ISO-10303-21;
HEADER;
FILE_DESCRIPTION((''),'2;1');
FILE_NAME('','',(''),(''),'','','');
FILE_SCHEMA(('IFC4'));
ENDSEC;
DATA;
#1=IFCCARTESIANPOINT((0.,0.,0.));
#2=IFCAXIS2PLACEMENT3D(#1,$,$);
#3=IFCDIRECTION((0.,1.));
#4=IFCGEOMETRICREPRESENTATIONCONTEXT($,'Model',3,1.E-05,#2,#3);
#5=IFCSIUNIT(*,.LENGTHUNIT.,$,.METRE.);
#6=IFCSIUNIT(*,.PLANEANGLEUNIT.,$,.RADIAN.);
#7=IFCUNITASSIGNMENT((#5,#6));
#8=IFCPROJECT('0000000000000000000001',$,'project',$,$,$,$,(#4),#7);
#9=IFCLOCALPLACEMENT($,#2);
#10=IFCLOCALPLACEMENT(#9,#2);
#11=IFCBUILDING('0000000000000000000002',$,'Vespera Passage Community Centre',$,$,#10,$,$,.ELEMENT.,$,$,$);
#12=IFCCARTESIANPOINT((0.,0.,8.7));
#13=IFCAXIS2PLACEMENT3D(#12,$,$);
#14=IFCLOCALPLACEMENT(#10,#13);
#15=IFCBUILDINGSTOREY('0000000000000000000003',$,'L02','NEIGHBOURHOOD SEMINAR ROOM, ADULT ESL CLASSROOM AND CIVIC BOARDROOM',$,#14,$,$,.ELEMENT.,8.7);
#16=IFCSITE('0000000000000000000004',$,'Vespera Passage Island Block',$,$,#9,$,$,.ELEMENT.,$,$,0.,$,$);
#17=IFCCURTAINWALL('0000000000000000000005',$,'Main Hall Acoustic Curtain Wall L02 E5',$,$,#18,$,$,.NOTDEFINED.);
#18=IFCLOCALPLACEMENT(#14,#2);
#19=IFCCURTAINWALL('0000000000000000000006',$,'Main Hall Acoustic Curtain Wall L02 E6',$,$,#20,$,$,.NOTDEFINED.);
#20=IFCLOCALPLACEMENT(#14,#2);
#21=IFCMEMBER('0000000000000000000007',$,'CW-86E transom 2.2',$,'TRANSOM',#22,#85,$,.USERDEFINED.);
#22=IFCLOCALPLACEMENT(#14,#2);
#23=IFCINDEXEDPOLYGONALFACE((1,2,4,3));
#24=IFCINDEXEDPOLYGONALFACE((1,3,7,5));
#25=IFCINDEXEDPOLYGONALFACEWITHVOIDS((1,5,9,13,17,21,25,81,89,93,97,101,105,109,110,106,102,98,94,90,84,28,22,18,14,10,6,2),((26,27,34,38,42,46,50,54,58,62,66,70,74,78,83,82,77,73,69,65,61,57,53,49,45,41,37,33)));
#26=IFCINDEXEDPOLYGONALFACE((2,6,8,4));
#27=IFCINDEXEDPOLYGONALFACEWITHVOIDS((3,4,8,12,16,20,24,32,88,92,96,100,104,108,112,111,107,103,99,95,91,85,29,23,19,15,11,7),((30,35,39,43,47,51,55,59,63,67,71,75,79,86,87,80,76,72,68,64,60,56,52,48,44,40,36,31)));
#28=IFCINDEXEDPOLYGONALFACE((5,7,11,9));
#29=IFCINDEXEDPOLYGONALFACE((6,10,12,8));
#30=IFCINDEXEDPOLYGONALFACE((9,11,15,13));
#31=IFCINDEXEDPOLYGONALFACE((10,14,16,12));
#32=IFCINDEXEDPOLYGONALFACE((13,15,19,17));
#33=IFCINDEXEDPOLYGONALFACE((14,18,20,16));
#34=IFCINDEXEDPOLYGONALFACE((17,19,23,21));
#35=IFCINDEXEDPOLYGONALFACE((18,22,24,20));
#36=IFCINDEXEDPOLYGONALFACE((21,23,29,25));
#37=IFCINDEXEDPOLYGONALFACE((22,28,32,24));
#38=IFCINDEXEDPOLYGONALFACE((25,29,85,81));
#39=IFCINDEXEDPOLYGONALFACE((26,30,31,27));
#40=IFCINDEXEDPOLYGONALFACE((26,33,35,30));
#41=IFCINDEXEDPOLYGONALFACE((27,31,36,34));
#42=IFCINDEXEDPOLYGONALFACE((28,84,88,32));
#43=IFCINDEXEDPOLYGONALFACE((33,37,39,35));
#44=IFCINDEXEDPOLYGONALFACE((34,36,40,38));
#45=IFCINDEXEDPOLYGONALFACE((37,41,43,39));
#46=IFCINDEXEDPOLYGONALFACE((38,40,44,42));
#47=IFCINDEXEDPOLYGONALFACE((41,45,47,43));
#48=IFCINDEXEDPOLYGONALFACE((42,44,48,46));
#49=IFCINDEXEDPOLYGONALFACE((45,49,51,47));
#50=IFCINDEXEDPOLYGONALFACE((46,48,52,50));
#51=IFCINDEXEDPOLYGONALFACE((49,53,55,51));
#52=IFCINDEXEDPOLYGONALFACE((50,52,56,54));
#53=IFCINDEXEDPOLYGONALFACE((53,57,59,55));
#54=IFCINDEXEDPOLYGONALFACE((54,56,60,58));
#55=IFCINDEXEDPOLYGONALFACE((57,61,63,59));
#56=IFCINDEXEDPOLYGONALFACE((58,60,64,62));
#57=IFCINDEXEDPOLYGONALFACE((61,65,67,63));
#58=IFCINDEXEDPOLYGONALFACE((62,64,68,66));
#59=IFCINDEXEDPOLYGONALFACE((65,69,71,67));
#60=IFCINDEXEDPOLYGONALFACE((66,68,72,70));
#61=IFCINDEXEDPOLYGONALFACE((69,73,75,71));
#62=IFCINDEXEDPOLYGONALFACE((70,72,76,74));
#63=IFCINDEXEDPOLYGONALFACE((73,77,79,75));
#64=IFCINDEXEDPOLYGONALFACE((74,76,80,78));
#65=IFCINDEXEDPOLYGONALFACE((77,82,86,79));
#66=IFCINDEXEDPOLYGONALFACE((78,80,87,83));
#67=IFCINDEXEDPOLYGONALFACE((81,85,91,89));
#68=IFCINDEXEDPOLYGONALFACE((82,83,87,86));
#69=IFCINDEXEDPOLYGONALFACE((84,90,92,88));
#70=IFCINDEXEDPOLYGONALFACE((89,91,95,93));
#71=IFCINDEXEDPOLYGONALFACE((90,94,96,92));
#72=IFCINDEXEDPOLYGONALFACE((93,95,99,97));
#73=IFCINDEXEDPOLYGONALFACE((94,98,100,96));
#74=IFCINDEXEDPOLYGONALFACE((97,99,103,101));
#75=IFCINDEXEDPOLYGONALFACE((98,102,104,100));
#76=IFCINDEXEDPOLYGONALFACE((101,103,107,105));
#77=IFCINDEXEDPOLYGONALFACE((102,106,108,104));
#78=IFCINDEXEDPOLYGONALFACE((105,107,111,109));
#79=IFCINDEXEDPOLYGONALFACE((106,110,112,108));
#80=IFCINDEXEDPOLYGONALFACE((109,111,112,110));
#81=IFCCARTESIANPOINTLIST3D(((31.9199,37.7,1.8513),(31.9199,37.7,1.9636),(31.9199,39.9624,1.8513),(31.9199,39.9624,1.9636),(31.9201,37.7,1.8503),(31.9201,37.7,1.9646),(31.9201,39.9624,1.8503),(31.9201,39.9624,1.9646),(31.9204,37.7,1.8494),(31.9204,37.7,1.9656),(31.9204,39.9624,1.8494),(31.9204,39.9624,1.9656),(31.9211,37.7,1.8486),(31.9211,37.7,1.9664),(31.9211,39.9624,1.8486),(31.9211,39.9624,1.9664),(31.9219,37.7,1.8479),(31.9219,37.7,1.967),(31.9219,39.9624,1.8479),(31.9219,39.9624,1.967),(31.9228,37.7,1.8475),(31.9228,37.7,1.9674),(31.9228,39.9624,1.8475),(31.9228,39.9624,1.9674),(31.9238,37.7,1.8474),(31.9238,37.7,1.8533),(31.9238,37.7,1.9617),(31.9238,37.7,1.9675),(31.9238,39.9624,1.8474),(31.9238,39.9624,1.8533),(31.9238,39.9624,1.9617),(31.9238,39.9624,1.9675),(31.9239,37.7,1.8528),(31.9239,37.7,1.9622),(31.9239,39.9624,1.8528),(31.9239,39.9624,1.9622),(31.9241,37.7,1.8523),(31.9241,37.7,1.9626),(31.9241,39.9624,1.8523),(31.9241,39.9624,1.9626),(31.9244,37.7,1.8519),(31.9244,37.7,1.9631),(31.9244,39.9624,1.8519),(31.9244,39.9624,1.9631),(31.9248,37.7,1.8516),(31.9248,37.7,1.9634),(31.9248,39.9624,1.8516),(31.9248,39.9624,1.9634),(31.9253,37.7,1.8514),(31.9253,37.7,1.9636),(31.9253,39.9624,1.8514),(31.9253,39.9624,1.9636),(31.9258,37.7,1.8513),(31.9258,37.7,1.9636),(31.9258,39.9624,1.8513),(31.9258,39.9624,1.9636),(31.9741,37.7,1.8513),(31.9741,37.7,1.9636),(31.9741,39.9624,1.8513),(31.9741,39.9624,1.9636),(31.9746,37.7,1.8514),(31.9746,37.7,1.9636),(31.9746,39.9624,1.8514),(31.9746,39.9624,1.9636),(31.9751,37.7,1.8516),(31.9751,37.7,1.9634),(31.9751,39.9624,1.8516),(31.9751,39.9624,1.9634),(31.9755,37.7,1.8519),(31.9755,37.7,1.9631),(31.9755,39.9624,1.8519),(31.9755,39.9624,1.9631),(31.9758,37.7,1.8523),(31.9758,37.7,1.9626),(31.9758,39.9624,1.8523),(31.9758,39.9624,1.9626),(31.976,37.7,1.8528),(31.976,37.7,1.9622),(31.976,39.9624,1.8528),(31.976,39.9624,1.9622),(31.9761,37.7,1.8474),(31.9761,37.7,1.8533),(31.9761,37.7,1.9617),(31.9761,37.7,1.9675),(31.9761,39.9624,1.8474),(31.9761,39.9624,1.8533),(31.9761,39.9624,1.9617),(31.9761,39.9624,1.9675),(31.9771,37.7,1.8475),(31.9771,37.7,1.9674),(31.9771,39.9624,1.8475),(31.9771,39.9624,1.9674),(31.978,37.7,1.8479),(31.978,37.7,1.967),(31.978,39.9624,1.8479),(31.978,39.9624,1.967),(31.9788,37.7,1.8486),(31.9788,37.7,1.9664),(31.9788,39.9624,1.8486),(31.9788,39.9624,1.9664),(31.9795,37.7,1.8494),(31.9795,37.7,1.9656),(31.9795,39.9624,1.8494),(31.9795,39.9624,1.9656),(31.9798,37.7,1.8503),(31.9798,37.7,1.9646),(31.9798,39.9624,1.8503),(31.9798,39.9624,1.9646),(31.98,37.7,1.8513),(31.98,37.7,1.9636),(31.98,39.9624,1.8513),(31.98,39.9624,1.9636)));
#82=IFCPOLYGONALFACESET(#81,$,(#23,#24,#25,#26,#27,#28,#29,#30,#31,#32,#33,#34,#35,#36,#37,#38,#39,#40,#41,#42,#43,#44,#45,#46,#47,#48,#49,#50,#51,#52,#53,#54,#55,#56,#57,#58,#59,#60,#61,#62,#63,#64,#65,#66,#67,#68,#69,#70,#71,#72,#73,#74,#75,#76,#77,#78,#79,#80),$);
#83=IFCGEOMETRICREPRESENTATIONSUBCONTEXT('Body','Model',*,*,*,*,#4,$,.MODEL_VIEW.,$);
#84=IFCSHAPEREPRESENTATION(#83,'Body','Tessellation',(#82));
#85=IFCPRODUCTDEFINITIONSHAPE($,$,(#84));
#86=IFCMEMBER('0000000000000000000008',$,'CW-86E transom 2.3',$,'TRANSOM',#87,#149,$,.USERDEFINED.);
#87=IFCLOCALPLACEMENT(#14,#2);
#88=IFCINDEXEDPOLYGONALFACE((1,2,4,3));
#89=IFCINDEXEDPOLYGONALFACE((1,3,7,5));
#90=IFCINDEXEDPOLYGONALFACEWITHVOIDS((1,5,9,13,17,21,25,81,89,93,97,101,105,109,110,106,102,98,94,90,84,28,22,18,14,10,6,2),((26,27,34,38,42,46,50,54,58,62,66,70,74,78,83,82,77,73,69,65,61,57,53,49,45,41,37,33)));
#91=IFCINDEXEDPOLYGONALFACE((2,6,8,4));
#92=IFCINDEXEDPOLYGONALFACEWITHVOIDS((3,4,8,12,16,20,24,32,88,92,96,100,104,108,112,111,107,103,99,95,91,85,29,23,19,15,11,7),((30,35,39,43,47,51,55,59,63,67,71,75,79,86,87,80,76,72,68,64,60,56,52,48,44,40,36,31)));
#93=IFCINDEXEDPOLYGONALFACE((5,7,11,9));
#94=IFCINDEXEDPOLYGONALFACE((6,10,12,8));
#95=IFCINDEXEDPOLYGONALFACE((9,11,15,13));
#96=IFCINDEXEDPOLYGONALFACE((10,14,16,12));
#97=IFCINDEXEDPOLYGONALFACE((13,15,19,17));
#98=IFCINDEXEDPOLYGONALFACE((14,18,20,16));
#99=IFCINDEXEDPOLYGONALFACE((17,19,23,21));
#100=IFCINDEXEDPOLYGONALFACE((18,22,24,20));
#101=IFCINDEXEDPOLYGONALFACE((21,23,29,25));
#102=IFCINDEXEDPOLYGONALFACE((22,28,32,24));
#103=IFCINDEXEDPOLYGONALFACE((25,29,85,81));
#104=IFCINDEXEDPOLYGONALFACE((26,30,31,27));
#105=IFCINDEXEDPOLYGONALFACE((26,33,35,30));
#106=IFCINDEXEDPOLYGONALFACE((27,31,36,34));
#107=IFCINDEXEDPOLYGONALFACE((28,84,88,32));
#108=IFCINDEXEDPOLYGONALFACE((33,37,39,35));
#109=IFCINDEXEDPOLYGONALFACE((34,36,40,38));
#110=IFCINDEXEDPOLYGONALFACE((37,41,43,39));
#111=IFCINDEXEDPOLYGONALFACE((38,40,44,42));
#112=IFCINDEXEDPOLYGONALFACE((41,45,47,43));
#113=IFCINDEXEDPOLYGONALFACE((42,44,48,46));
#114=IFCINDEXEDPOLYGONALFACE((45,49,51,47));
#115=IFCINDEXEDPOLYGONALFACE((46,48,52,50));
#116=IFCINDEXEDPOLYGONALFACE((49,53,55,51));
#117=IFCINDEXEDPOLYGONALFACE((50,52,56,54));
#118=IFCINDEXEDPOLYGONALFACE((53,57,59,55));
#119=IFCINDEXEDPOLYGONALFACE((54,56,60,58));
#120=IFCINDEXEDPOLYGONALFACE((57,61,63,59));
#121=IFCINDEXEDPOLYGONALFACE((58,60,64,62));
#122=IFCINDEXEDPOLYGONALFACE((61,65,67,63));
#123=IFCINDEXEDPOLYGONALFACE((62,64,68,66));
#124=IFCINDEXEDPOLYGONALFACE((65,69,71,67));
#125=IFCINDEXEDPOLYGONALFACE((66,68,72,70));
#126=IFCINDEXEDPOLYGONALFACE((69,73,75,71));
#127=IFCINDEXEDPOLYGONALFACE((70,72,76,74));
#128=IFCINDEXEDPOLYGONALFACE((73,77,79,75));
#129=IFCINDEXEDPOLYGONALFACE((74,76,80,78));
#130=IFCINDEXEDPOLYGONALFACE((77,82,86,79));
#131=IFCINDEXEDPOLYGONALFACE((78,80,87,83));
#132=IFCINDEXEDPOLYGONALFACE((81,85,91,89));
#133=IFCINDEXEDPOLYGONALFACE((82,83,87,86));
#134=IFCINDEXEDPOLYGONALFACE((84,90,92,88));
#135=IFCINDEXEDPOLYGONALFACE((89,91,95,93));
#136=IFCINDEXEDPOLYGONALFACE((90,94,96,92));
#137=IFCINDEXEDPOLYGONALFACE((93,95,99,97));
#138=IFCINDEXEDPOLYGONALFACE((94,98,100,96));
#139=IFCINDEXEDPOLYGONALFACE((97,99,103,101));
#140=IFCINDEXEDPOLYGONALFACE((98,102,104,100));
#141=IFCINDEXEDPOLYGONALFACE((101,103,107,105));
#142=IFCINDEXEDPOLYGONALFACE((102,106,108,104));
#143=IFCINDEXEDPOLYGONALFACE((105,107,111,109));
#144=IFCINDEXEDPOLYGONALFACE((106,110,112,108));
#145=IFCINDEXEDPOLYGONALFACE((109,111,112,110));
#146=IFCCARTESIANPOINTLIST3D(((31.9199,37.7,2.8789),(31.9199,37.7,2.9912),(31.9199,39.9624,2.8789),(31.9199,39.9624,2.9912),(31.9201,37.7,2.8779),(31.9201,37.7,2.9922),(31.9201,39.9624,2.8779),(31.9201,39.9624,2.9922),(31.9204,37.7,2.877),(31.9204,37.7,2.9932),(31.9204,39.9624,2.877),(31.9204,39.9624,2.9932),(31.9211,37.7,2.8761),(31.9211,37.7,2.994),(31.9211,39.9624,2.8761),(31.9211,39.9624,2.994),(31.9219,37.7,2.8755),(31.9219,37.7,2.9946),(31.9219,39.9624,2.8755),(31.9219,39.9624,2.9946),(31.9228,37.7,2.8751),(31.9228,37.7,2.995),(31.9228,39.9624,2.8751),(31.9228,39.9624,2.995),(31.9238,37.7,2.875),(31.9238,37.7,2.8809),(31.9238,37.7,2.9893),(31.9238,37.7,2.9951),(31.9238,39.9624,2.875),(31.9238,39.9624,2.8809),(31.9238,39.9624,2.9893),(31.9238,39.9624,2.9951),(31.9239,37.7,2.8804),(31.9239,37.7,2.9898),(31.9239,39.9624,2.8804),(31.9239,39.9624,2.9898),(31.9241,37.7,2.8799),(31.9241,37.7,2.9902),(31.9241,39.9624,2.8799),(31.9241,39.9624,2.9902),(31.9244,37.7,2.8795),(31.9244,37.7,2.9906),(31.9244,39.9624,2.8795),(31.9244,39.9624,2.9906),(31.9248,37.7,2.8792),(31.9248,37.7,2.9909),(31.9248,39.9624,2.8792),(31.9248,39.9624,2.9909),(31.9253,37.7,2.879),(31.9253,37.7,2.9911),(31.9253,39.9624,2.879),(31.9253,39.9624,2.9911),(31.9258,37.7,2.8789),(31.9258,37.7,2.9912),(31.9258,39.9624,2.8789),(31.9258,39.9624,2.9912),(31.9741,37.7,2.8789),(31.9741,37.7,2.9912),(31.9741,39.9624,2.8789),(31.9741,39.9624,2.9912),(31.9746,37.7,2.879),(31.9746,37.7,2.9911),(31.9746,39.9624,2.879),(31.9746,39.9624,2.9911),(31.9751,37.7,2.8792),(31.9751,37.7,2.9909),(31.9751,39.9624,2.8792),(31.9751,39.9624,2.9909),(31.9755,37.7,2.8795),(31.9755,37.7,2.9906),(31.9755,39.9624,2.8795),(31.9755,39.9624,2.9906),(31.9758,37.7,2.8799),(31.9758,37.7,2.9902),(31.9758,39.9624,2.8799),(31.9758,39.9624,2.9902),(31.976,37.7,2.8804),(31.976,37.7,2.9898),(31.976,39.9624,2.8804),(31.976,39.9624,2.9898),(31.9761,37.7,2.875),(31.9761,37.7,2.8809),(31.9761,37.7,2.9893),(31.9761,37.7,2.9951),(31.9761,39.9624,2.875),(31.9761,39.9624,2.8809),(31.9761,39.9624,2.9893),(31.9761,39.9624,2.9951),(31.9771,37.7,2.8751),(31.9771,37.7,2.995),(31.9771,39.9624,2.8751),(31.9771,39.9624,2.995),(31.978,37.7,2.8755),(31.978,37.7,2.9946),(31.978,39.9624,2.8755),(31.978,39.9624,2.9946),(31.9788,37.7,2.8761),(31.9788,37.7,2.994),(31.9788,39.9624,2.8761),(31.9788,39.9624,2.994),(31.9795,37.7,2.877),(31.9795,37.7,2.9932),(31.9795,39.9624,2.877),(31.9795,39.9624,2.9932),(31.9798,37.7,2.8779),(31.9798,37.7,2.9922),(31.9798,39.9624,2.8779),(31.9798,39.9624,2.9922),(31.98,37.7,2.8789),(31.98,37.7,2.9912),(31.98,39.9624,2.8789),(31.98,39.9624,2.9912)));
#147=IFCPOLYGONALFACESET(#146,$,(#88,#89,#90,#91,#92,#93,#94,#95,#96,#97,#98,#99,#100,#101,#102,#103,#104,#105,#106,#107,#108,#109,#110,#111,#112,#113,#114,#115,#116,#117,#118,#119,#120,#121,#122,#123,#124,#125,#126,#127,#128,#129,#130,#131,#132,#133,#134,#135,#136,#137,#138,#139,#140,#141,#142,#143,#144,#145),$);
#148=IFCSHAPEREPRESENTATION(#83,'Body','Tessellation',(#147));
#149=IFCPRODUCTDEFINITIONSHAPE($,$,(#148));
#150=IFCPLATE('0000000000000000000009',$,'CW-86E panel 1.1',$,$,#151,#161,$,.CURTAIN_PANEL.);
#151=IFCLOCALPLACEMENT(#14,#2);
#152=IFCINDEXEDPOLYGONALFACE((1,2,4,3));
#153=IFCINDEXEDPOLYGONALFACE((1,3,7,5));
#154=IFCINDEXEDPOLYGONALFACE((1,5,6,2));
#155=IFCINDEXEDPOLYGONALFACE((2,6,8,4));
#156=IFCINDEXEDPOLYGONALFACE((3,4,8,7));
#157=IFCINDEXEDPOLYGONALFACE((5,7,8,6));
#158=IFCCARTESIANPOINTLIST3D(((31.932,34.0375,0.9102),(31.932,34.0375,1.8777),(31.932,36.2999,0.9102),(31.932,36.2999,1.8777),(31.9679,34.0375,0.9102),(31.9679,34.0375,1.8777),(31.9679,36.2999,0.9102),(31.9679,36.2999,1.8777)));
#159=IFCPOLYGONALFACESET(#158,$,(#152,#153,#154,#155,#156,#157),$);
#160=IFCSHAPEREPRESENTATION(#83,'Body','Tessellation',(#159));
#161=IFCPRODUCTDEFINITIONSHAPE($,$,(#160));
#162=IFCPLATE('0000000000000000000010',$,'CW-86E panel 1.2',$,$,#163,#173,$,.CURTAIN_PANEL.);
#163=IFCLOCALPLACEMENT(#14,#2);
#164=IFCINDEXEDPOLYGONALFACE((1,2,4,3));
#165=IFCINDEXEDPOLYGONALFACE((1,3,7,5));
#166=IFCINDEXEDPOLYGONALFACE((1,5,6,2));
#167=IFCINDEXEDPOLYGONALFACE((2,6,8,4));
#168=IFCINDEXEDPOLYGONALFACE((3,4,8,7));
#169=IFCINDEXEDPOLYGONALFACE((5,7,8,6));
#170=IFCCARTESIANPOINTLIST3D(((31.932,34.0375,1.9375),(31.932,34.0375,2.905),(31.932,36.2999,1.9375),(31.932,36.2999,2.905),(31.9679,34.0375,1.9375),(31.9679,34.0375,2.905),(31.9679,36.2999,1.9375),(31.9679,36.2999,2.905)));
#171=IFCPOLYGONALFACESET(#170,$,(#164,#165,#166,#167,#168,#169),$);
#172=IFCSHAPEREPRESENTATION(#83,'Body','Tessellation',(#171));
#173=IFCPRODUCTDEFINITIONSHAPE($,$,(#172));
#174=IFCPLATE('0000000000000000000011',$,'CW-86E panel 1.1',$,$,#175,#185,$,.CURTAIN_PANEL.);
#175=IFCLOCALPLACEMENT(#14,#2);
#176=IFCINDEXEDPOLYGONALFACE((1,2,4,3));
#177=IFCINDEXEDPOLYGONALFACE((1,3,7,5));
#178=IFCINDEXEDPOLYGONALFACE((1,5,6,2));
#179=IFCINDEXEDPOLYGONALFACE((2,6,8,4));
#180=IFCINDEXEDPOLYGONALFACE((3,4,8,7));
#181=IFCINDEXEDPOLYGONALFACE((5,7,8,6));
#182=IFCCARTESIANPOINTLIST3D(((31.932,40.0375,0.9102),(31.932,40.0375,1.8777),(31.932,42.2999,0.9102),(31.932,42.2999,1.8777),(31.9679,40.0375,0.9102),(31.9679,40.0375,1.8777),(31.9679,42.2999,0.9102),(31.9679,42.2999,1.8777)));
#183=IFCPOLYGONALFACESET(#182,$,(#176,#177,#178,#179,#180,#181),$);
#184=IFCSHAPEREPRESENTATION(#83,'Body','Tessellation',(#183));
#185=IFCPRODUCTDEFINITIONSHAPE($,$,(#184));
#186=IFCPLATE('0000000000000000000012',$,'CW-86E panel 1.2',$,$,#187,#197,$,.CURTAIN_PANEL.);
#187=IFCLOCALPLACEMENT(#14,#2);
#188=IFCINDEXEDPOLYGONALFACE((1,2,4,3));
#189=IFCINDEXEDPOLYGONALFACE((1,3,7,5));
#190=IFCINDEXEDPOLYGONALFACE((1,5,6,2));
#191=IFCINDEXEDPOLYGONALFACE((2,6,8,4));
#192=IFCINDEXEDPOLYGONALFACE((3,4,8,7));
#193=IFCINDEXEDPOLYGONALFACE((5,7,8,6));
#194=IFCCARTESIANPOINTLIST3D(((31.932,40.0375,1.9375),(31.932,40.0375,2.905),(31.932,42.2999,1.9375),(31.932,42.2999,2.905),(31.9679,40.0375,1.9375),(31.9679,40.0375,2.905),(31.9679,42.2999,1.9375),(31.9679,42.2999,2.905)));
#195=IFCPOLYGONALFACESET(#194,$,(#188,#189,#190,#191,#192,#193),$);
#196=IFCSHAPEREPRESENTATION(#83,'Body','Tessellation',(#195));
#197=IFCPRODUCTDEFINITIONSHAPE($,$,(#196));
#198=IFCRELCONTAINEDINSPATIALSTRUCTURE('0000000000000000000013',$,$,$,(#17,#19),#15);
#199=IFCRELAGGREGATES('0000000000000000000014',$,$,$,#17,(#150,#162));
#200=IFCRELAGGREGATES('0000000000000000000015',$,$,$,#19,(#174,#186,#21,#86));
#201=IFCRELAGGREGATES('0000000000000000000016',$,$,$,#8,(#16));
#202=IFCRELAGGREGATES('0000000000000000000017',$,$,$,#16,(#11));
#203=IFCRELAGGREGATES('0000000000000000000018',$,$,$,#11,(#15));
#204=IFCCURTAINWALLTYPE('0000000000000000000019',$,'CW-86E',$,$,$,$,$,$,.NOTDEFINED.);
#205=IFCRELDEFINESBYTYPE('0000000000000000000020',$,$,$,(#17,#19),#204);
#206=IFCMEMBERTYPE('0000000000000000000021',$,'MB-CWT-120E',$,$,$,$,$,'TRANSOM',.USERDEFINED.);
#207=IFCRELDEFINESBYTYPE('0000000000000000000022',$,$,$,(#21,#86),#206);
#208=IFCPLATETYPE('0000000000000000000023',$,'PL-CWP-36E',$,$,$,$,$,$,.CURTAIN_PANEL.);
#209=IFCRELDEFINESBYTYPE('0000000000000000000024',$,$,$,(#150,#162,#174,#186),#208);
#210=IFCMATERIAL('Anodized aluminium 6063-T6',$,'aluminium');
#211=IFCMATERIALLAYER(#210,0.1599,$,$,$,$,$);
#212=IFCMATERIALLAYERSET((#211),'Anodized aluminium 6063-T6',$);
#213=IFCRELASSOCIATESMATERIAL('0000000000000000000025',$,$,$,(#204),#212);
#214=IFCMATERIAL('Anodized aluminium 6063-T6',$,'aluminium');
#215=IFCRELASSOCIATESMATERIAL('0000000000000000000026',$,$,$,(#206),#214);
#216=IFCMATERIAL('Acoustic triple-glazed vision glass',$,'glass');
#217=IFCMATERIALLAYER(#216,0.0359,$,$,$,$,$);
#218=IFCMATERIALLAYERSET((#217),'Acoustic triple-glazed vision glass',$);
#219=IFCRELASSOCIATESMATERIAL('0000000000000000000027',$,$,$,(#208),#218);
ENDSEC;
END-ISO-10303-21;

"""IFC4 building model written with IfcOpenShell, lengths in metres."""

from ifc_helpers import new_model, si_unit, direction, frame, origin, origin_2d, place, context, subcontext, project, spatial, rectangle, hollow_rectangle, extrude, material, layer, layer_set, material_profile, profile_set, type_object, element, aggregate, save


model = new_model("IFC4")

# Units and contexts
model_context = context("Model", 3, precision=1e-05, world=origin(), true_north=direction((0.0, 1.0)))
body_context = subcontext(model_context, "Body", "Model", "MODEL_VIEW")
ifc_project = project(units=[si_unit("LENGTHUNIT", "METRE"), si_unit("PLANEANGLEUNIT", "RADIAN")], contexts=[model_context])

# Site, building, storey
site_placement = place(None, origin())
site = spatial("IfcSite", under=ifc_project, at=site_placement, Name="Vespera Passage Island Block", CompositionType="ELEMENT", RefElevation=0.0)
building_placement = place(site_placement, origin())
building = spatial("IfcBuilding", under=site, at=building_placement, Name="Vespera Passage Community Centre", CompositionType="ELEMENT")
storey_placement = place(building_placement, frame((0.0, 0.0, 8.7)))
storey = spatial("IfcBuildingStorey", under=building, at=storey_placement, Name="L02", Description="NEIGHBOURHOOD SEMINAR ROOM, ADULT ESL CLASSROOM AND CIVIC BOARDROOM", CompositionType="ELEMENT", Elevation=8.7)

# Curtain walls
ifc_material_1 = material(Name="Anodized aluminium 6063-T6", Category="aluminium")
ifc_layer_1 = layer(ifc_material_1, 0.1599)
ifc_layer_set_1 = layer_set([ifc_layer_1], Name="Anodized aluminium 6063-T6")
curtain_wall_type_1 = type_object("IfcCurtainWallType", Name="CW-86E", PredefinedType="NOTDEFINED", material=ifc_layer_set_1)
curtain_wall_1_placement = place(storey_placement, origin())
curtain_wall_1 = element("IfcCurtainWall", 1, at=curtain_wall_1_placement, inside=storey, type_object=curtain_wall_type_1, Name="Main Hall Acoustic Curtain Wall L02 E5", PredefinedType="NOTDEFINED")
curtain_wall_2_placement = place(storey_placement, origin())
curtain_wall_2 = element("IfcCurtainWall", 2, at=curtain_wall_2_placement, inside=storey, type_object=curtain_wall_type_1, Name="Main Hall Acoustic Curtain Wall L02 E6", PredefinedType="NOTDEFINED")

# Members
ifc_material_2 = material(Name="Anodized aluminium 6063-T6", Category="aluminium")
ifc_material_profile_1 = material_profile(ifc_material_2, hollow_rectangle(XDim=0.0601, YDim=0.1201, WallThickness=0.0039, InnerFilletRadius=0.002, OuterFilletRadius=0.0039, at=origin_2d()), Name="ALU120X60X4")
ifc_profile_set_1 = profile_set([ifc_material_profile_1], Name="Anodized aluminium 6063-T6")
member_type_1 = type_object("IfcMemberType", Name="MB-CWT-120E", ElementType="TRANSOM", PredefinedType="USERDEFINED", material=ifc_profile_set_1)
member_1_placement = place(storey_placement, frame((31.95, 39.9624, 1.9075), z_axis=(0.0, -1.0, 0.0), x_axis=(1.0, 0.0, 0.0)))
member_1 = element("IfcMember", 3, at=member_1_placement, type_object=member_type_1, Name="CW-86E transom 2.2", ObjectType="TRANSOM", PredefinedType="USERDEFINED", context=body_context, shape_type="SweptSolid", body=[
    extrude(hollow_rectangle(XDim=0.0601, YDim=0.1201, WallThickness=0.0039, InnerFilletRadius=0.002, OuterFilletRadius=0.0039, at=origin_2d()), origin(), (0.0, 0.0, 1.0), 2.2625),
])
member_2_placement = place(storey_placement, frame((31.95, 39.9624, 2.9351), z_axis=(0.0, -1.0, 0.0), x_axis=(1.0, 0.0, 0.0)))
member_2 = element("IfcMember", 4, at=member_2_placement, type_object=member_type_1, Name="CW-86E transom 2.3", ObjectType="TRANSOM", PredefinedType="USERDEFINED", context=body_context, shape_type="SweptSolid", body=[
    extrude(hollow_rectangle(XDim=0.0601, YDim=0.1201, WallThickness=0.0039, InnerFilletRadius=0.002, OuterFilletRadius=0.0039, at=origin_2d()), origin(), (0.0, 0.0, 1.0), 2.2625),
])

# Plates
ifc_material_3 = material(Name="Acoustic triple-glazed vision glass", Category="glass")
ifc_layer_2 = layer(ifc_material_3, 0.0359)
ifc_layer_set_2 = layer_set([ifc_layer_2], Name="Acoustic triple-glazed vision glass")
plate_type = type_object("IfcPlateType", Name="PL-CWP-36E", PredefinedType="CURTAIN_PANEL", material=ifc_layer_set_2)
plate_1_placement = place(storey_placement, frame((31.95, 35.1687, 0.9102), z_axis=(0.0, 0.0, 1.0), x_axis=(0.0, -1.0, 0.0)))
plate_1 = element("IfcPlate", 5, at=plate_1_placement, type_object=plate_type, Name="CW-86E panel 1.1", PredefinedType="CURTAIN_PANEL", context=body_context, shape_type="SweptSolid", body=[
    extrude(rectangle(XDim=2.2625, YDim=0.0359, at=origin_2d()), origin(), (0.0, 0.0, 1.0), 0.9675),
])
plate_2_placement = place(storey_placement, frame((31.95, 35.1687, 1.9375), z_axis=(0.0, 0.0, 1.0), x_axis=(0.0, -1.0, 0.0)))
plate_2 = element("IfcPlate", 6, at=plate_2_placement, type_object=plate_type, Name="CW-86E panel 1.2", PredefinedType="CURTAIN_PANEL", context=body_context, shape_type="SweptSolid", body=[
    extrude(rectangle(XDim=2.2625, YDim=0.0359, at=origin_2d()), origin(), (0.0, 0.0, 1.0), 0.9675),
])
aggregate(curtain_wall_1, [plate_1, plate_2])
plate_3_placement = place(storey_placement, frame((31.95, 41.1687, 0.9102), z_axis=(0.0, 0.0, 1.0), x_axis=(0.0, -1.0, 0.0)))
plate_3 = element("IfcPlate", 7, at=plate_3_placement, type_object=plate_type, Name="CW-86E panel 1.1", PredefinedType="CURTAIN_PANEL", context=body_context, shape_type="SweptSolid", body=[
    extrude(rectangle(XDim=2.2625, YDim=0.0359, at=origin_2d()), origin(), (0.0, 0.0, 1.0), 0.9675),
])
plate_4_placement = place(storey_placement, frame((31.95, 41.1687, 1.9375), z_axis=(0.0, 0.0, 1.0), x_axis=(0.0, -1.0, 0.0)))
plate_4 = element("IfcPlate", 8, at=plate_4_placement, type_object=plate_type, Name="CW-86E panel 1.2", PredefinedType="CURTAIN_PANEL", context=body_context, shape_type="SweptSolid", body=[
    extrude(rectangle(XDim=2.2625, YDim=0.0359, at=origin_2d()), origin(), (0.0, 0.0, 1.0), 0.9675),
])
aggregate(curtain_wall_2, [plate_3, plate_4, member_1, member_2])

save(model, "model.ifc")
